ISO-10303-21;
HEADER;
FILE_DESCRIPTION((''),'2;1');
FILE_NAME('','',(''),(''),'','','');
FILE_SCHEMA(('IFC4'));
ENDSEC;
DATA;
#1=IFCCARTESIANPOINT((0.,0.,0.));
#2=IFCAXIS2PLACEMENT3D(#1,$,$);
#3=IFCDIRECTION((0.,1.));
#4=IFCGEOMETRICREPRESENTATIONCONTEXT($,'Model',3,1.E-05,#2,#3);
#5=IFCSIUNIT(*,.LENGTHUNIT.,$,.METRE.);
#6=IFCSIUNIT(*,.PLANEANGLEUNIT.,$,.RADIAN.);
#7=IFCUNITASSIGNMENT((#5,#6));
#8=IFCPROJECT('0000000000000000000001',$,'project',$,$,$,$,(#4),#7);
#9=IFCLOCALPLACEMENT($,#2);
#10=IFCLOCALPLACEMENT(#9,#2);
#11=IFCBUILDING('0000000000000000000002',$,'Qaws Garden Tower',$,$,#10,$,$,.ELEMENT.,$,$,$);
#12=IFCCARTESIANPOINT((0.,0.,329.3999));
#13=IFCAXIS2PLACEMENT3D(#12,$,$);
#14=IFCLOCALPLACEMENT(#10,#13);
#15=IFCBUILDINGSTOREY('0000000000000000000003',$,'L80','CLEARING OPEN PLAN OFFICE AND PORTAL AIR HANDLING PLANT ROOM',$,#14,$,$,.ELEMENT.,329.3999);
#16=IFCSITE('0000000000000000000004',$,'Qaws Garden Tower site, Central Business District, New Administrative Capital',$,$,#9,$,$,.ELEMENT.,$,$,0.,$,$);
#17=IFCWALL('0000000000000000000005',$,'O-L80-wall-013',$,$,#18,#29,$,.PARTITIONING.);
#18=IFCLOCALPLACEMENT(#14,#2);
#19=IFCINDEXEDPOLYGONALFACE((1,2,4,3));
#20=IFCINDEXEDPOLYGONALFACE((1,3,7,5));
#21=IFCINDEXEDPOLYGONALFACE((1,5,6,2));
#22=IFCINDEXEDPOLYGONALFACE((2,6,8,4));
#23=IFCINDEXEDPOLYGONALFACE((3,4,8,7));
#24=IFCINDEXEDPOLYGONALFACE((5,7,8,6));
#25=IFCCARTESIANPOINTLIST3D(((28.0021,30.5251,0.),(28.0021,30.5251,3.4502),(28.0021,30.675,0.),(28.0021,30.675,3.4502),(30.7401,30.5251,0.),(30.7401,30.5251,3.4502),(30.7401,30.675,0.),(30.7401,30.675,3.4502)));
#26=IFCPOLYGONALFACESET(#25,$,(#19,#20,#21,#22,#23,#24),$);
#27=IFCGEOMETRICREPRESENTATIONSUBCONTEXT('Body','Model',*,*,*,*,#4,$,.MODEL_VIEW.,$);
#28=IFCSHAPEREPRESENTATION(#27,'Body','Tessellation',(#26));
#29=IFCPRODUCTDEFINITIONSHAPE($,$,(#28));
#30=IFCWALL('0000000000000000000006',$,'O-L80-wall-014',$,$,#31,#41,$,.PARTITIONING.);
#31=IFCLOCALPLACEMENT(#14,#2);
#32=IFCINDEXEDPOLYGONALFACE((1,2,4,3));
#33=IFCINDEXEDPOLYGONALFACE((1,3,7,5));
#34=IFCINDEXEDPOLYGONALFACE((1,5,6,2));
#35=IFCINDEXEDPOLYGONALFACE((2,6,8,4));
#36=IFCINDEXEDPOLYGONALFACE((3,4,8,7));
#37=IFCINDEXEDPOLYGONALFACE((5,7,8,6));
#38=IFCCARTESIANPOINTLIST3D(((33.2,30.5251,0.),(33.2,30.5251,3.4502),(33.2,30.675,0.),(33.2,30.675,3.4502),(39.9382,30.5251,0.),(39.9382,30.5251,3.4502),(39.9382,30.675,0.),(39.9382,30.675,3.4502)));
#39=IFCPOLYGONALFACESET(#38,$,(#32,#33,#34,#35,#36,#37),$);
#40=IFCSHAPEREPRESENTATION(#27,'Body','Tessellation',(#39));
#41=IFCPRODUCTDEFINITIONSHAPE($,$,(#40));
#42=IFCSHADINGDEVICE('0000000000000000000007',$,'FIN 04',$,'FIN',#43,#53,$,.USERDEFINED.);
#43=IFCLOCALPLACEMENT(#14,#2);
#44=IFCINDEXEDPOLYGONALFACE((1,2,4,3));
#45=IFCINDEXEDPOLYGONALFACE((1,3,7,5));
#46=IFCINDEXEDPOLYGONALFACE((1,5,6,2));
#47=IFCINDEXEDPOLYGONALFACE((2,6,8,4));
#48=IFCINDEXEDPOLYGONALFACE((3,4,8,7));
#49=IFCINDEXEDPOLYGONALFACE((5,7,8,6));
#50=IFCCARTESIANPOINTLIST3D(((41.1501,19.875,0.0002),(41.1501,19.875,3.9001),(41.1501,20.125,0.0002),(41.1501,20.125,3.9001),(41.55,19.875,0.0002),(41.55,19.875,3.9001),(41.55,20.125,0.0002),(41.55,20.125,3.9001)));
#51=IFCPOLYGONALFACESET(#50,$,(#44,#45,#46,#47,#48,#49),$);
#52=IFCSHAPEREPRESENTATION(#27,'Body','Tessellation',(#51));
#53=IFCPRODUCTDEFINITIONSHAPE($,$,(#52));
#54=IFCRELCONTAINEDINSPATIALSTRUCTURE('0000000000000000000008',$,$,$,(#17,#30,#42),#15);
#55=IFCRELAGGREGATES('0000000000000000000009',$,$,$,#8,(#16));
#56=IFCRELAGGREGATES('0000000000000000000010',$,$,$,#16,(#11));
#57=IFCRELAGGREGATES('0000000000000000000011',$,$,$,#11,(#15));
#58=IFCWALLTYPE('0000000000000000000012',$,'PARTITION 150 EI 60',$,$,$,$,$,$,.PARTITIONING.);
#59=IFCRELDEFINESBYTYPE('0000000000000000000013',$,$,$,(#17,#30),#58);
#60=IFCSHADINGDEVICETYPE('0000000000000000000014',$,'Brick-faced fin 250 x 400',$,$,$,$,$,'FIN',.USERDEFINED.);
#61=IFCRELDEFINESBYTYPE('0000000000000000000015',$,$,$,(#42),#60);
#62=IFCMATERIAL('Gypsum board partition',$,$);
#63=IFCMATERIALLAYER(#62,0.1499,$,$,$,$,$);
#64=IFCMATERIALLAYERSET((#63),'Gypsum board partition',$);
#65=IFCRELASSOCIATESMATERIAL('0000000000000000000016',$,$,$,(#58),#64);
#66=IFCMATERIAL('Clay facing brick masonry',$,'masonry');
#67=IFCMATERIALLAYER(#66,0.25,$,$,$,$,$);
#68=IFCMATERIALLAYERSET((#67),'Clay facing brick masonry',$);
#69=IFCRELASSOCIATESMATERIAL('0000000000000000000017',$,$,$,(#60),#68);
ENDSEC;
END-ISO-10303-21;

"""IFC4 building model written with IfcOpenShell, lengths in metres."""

from ifc_helpers import new_model, si_unit, direction, frame, frame_2d, origin, origin_2d, place, context, subcontext, project, spatial, rectangle, extrude, material, layer, layer_set, type_object, element, save


model = new_model("IFC4")

# Units and contexts
model_context = context("Model", 3, precision=1e-05, world=origin(), true_north=direction((0.0, 1.0)))
body_context = subcontext(model_context, "Body", "Model", "MODEL_VIEW")
ifc_project = project(units=[si_unit("LENGTHUNIT", "METRE"), si_unit("PLANEANGLEUNIT", "RADIAN")], contexts=[model_context])

# Site, building, storey
site_placement = place(None, origin())
site = spatial("IfcSite", under=ifc_project, at=site_placement, Name="Qaws Garden Tower site, Central Business District, New Administrative Capital", CompositionType="ELEMENT", RefElevation=0.0)
building_placement = place(site_placement, origin())
building = spatial("IfcBuilding", under=site, at=building_placement, Name="Qaws Garden Tower", CompositionType="ELEMENT")
storey_placement = place(building_placement, frame((0.0, 0.0, 329.3999)))
storey = spatial("IfcBuildingStorey", under=building, at=storey_placement, Name="L80", Description="CLEARING OPEN PLAN OFFICE AND PORTAL AIR HANDLING PLANT ROOM", CompositionType="ELEMENT", Elevation=329.3999)

# Shared definitions
ifc_material_1 = material(Name="Gypsum board partition")
ifc_layer_1 = layer(ifc_material_1, 0.1499)
ifc_layer_set_1 = layer_set([ifc_layer_1], Name="Gypsum board partition")
wall_type_1 = type_object("IfcWallType", Name="PARTITION 150 EI 60", PredefinedType="PARTITIONING", material=ifc_layer_set_1)

# Walls
wall_1_placement = place(storey_placement, frame((28.002, 30.6001, 0.0), z_axis=(0.0, 0.0, 1.0), x_axis=(1.0, 0.0, 0.0)))
element("IfcWall", 1, at=wall_1_placement, inside=storey, type_object=wall_type_1, Name="O-L80-wall-013", PredefinedType="PARTITIONING", context=body_context, shape_type="SweptSolid", body=[
    extrude(rectangle(XDim=2.738, YDim=0.1499, at=frame_2d((1.3691, 0.0))), origin(), (0.0, 0.0, 1.0), 3.4502),
])
wall_2_placement = place(storey_placement, frame((33.2, 30.6001, 0.0), z_axis=(0.0, 0.0, 1.0), x_axis=(1.0, 0.0, 0.0)))
element("IfcWall", 2, at=wall_2_placement, inside=storey, type_object=wall_type_1, Name="O-L80-wall-014", PredefinedType="PARTITIONING", context=body_context, shape_type="SweptSolid", body=[
    extrude(rectangle(XDim=6.7383, YDim=0.1499, at=frame_2d((3.3691, 0.0))), origin(), (0.0, 0.0, 1.0), 3.4502),
])

# Shading device
ifc_material_2 = material(Name="Clay facing brick masonry", Category="masonry")
ifc_layer_2 = layer(ifc_material_2, 0.25)
ifc_layer_set_2 = layer_set([ifc_layer_2], Name="Clay facing brick masonry")
shading_device_type = type_object("IfcShadingDeviceType", Name="Brick-faced fin 250 x 400", ElementType="FIN", PredefinedType="USERDEFINED", material=ifc_layer_set_2)
shading_device_placement = place(storey_placement, frame((41.3501, 20.0, 0.0002), z_axis=(0.0, 0.0, 1.0), x_axis=(0.0, 1.0, 0.0)))
element("IfcShadingDevice", 3, at=shading_device_placement, inside=storey, type_object=shading_device_type, Name="FIN 04", ObjectType="FIN", PredefinedType="USERDEFINED", context=body_context, shape_type="SweptSolid", body=[
    extrude(rectangle(XDim=0.25, YDim=0.3999, at=origin_2d()), origin(), (0.0, 0.0, 1.0), 3.8999),
])

save(model, "model.ifc")
